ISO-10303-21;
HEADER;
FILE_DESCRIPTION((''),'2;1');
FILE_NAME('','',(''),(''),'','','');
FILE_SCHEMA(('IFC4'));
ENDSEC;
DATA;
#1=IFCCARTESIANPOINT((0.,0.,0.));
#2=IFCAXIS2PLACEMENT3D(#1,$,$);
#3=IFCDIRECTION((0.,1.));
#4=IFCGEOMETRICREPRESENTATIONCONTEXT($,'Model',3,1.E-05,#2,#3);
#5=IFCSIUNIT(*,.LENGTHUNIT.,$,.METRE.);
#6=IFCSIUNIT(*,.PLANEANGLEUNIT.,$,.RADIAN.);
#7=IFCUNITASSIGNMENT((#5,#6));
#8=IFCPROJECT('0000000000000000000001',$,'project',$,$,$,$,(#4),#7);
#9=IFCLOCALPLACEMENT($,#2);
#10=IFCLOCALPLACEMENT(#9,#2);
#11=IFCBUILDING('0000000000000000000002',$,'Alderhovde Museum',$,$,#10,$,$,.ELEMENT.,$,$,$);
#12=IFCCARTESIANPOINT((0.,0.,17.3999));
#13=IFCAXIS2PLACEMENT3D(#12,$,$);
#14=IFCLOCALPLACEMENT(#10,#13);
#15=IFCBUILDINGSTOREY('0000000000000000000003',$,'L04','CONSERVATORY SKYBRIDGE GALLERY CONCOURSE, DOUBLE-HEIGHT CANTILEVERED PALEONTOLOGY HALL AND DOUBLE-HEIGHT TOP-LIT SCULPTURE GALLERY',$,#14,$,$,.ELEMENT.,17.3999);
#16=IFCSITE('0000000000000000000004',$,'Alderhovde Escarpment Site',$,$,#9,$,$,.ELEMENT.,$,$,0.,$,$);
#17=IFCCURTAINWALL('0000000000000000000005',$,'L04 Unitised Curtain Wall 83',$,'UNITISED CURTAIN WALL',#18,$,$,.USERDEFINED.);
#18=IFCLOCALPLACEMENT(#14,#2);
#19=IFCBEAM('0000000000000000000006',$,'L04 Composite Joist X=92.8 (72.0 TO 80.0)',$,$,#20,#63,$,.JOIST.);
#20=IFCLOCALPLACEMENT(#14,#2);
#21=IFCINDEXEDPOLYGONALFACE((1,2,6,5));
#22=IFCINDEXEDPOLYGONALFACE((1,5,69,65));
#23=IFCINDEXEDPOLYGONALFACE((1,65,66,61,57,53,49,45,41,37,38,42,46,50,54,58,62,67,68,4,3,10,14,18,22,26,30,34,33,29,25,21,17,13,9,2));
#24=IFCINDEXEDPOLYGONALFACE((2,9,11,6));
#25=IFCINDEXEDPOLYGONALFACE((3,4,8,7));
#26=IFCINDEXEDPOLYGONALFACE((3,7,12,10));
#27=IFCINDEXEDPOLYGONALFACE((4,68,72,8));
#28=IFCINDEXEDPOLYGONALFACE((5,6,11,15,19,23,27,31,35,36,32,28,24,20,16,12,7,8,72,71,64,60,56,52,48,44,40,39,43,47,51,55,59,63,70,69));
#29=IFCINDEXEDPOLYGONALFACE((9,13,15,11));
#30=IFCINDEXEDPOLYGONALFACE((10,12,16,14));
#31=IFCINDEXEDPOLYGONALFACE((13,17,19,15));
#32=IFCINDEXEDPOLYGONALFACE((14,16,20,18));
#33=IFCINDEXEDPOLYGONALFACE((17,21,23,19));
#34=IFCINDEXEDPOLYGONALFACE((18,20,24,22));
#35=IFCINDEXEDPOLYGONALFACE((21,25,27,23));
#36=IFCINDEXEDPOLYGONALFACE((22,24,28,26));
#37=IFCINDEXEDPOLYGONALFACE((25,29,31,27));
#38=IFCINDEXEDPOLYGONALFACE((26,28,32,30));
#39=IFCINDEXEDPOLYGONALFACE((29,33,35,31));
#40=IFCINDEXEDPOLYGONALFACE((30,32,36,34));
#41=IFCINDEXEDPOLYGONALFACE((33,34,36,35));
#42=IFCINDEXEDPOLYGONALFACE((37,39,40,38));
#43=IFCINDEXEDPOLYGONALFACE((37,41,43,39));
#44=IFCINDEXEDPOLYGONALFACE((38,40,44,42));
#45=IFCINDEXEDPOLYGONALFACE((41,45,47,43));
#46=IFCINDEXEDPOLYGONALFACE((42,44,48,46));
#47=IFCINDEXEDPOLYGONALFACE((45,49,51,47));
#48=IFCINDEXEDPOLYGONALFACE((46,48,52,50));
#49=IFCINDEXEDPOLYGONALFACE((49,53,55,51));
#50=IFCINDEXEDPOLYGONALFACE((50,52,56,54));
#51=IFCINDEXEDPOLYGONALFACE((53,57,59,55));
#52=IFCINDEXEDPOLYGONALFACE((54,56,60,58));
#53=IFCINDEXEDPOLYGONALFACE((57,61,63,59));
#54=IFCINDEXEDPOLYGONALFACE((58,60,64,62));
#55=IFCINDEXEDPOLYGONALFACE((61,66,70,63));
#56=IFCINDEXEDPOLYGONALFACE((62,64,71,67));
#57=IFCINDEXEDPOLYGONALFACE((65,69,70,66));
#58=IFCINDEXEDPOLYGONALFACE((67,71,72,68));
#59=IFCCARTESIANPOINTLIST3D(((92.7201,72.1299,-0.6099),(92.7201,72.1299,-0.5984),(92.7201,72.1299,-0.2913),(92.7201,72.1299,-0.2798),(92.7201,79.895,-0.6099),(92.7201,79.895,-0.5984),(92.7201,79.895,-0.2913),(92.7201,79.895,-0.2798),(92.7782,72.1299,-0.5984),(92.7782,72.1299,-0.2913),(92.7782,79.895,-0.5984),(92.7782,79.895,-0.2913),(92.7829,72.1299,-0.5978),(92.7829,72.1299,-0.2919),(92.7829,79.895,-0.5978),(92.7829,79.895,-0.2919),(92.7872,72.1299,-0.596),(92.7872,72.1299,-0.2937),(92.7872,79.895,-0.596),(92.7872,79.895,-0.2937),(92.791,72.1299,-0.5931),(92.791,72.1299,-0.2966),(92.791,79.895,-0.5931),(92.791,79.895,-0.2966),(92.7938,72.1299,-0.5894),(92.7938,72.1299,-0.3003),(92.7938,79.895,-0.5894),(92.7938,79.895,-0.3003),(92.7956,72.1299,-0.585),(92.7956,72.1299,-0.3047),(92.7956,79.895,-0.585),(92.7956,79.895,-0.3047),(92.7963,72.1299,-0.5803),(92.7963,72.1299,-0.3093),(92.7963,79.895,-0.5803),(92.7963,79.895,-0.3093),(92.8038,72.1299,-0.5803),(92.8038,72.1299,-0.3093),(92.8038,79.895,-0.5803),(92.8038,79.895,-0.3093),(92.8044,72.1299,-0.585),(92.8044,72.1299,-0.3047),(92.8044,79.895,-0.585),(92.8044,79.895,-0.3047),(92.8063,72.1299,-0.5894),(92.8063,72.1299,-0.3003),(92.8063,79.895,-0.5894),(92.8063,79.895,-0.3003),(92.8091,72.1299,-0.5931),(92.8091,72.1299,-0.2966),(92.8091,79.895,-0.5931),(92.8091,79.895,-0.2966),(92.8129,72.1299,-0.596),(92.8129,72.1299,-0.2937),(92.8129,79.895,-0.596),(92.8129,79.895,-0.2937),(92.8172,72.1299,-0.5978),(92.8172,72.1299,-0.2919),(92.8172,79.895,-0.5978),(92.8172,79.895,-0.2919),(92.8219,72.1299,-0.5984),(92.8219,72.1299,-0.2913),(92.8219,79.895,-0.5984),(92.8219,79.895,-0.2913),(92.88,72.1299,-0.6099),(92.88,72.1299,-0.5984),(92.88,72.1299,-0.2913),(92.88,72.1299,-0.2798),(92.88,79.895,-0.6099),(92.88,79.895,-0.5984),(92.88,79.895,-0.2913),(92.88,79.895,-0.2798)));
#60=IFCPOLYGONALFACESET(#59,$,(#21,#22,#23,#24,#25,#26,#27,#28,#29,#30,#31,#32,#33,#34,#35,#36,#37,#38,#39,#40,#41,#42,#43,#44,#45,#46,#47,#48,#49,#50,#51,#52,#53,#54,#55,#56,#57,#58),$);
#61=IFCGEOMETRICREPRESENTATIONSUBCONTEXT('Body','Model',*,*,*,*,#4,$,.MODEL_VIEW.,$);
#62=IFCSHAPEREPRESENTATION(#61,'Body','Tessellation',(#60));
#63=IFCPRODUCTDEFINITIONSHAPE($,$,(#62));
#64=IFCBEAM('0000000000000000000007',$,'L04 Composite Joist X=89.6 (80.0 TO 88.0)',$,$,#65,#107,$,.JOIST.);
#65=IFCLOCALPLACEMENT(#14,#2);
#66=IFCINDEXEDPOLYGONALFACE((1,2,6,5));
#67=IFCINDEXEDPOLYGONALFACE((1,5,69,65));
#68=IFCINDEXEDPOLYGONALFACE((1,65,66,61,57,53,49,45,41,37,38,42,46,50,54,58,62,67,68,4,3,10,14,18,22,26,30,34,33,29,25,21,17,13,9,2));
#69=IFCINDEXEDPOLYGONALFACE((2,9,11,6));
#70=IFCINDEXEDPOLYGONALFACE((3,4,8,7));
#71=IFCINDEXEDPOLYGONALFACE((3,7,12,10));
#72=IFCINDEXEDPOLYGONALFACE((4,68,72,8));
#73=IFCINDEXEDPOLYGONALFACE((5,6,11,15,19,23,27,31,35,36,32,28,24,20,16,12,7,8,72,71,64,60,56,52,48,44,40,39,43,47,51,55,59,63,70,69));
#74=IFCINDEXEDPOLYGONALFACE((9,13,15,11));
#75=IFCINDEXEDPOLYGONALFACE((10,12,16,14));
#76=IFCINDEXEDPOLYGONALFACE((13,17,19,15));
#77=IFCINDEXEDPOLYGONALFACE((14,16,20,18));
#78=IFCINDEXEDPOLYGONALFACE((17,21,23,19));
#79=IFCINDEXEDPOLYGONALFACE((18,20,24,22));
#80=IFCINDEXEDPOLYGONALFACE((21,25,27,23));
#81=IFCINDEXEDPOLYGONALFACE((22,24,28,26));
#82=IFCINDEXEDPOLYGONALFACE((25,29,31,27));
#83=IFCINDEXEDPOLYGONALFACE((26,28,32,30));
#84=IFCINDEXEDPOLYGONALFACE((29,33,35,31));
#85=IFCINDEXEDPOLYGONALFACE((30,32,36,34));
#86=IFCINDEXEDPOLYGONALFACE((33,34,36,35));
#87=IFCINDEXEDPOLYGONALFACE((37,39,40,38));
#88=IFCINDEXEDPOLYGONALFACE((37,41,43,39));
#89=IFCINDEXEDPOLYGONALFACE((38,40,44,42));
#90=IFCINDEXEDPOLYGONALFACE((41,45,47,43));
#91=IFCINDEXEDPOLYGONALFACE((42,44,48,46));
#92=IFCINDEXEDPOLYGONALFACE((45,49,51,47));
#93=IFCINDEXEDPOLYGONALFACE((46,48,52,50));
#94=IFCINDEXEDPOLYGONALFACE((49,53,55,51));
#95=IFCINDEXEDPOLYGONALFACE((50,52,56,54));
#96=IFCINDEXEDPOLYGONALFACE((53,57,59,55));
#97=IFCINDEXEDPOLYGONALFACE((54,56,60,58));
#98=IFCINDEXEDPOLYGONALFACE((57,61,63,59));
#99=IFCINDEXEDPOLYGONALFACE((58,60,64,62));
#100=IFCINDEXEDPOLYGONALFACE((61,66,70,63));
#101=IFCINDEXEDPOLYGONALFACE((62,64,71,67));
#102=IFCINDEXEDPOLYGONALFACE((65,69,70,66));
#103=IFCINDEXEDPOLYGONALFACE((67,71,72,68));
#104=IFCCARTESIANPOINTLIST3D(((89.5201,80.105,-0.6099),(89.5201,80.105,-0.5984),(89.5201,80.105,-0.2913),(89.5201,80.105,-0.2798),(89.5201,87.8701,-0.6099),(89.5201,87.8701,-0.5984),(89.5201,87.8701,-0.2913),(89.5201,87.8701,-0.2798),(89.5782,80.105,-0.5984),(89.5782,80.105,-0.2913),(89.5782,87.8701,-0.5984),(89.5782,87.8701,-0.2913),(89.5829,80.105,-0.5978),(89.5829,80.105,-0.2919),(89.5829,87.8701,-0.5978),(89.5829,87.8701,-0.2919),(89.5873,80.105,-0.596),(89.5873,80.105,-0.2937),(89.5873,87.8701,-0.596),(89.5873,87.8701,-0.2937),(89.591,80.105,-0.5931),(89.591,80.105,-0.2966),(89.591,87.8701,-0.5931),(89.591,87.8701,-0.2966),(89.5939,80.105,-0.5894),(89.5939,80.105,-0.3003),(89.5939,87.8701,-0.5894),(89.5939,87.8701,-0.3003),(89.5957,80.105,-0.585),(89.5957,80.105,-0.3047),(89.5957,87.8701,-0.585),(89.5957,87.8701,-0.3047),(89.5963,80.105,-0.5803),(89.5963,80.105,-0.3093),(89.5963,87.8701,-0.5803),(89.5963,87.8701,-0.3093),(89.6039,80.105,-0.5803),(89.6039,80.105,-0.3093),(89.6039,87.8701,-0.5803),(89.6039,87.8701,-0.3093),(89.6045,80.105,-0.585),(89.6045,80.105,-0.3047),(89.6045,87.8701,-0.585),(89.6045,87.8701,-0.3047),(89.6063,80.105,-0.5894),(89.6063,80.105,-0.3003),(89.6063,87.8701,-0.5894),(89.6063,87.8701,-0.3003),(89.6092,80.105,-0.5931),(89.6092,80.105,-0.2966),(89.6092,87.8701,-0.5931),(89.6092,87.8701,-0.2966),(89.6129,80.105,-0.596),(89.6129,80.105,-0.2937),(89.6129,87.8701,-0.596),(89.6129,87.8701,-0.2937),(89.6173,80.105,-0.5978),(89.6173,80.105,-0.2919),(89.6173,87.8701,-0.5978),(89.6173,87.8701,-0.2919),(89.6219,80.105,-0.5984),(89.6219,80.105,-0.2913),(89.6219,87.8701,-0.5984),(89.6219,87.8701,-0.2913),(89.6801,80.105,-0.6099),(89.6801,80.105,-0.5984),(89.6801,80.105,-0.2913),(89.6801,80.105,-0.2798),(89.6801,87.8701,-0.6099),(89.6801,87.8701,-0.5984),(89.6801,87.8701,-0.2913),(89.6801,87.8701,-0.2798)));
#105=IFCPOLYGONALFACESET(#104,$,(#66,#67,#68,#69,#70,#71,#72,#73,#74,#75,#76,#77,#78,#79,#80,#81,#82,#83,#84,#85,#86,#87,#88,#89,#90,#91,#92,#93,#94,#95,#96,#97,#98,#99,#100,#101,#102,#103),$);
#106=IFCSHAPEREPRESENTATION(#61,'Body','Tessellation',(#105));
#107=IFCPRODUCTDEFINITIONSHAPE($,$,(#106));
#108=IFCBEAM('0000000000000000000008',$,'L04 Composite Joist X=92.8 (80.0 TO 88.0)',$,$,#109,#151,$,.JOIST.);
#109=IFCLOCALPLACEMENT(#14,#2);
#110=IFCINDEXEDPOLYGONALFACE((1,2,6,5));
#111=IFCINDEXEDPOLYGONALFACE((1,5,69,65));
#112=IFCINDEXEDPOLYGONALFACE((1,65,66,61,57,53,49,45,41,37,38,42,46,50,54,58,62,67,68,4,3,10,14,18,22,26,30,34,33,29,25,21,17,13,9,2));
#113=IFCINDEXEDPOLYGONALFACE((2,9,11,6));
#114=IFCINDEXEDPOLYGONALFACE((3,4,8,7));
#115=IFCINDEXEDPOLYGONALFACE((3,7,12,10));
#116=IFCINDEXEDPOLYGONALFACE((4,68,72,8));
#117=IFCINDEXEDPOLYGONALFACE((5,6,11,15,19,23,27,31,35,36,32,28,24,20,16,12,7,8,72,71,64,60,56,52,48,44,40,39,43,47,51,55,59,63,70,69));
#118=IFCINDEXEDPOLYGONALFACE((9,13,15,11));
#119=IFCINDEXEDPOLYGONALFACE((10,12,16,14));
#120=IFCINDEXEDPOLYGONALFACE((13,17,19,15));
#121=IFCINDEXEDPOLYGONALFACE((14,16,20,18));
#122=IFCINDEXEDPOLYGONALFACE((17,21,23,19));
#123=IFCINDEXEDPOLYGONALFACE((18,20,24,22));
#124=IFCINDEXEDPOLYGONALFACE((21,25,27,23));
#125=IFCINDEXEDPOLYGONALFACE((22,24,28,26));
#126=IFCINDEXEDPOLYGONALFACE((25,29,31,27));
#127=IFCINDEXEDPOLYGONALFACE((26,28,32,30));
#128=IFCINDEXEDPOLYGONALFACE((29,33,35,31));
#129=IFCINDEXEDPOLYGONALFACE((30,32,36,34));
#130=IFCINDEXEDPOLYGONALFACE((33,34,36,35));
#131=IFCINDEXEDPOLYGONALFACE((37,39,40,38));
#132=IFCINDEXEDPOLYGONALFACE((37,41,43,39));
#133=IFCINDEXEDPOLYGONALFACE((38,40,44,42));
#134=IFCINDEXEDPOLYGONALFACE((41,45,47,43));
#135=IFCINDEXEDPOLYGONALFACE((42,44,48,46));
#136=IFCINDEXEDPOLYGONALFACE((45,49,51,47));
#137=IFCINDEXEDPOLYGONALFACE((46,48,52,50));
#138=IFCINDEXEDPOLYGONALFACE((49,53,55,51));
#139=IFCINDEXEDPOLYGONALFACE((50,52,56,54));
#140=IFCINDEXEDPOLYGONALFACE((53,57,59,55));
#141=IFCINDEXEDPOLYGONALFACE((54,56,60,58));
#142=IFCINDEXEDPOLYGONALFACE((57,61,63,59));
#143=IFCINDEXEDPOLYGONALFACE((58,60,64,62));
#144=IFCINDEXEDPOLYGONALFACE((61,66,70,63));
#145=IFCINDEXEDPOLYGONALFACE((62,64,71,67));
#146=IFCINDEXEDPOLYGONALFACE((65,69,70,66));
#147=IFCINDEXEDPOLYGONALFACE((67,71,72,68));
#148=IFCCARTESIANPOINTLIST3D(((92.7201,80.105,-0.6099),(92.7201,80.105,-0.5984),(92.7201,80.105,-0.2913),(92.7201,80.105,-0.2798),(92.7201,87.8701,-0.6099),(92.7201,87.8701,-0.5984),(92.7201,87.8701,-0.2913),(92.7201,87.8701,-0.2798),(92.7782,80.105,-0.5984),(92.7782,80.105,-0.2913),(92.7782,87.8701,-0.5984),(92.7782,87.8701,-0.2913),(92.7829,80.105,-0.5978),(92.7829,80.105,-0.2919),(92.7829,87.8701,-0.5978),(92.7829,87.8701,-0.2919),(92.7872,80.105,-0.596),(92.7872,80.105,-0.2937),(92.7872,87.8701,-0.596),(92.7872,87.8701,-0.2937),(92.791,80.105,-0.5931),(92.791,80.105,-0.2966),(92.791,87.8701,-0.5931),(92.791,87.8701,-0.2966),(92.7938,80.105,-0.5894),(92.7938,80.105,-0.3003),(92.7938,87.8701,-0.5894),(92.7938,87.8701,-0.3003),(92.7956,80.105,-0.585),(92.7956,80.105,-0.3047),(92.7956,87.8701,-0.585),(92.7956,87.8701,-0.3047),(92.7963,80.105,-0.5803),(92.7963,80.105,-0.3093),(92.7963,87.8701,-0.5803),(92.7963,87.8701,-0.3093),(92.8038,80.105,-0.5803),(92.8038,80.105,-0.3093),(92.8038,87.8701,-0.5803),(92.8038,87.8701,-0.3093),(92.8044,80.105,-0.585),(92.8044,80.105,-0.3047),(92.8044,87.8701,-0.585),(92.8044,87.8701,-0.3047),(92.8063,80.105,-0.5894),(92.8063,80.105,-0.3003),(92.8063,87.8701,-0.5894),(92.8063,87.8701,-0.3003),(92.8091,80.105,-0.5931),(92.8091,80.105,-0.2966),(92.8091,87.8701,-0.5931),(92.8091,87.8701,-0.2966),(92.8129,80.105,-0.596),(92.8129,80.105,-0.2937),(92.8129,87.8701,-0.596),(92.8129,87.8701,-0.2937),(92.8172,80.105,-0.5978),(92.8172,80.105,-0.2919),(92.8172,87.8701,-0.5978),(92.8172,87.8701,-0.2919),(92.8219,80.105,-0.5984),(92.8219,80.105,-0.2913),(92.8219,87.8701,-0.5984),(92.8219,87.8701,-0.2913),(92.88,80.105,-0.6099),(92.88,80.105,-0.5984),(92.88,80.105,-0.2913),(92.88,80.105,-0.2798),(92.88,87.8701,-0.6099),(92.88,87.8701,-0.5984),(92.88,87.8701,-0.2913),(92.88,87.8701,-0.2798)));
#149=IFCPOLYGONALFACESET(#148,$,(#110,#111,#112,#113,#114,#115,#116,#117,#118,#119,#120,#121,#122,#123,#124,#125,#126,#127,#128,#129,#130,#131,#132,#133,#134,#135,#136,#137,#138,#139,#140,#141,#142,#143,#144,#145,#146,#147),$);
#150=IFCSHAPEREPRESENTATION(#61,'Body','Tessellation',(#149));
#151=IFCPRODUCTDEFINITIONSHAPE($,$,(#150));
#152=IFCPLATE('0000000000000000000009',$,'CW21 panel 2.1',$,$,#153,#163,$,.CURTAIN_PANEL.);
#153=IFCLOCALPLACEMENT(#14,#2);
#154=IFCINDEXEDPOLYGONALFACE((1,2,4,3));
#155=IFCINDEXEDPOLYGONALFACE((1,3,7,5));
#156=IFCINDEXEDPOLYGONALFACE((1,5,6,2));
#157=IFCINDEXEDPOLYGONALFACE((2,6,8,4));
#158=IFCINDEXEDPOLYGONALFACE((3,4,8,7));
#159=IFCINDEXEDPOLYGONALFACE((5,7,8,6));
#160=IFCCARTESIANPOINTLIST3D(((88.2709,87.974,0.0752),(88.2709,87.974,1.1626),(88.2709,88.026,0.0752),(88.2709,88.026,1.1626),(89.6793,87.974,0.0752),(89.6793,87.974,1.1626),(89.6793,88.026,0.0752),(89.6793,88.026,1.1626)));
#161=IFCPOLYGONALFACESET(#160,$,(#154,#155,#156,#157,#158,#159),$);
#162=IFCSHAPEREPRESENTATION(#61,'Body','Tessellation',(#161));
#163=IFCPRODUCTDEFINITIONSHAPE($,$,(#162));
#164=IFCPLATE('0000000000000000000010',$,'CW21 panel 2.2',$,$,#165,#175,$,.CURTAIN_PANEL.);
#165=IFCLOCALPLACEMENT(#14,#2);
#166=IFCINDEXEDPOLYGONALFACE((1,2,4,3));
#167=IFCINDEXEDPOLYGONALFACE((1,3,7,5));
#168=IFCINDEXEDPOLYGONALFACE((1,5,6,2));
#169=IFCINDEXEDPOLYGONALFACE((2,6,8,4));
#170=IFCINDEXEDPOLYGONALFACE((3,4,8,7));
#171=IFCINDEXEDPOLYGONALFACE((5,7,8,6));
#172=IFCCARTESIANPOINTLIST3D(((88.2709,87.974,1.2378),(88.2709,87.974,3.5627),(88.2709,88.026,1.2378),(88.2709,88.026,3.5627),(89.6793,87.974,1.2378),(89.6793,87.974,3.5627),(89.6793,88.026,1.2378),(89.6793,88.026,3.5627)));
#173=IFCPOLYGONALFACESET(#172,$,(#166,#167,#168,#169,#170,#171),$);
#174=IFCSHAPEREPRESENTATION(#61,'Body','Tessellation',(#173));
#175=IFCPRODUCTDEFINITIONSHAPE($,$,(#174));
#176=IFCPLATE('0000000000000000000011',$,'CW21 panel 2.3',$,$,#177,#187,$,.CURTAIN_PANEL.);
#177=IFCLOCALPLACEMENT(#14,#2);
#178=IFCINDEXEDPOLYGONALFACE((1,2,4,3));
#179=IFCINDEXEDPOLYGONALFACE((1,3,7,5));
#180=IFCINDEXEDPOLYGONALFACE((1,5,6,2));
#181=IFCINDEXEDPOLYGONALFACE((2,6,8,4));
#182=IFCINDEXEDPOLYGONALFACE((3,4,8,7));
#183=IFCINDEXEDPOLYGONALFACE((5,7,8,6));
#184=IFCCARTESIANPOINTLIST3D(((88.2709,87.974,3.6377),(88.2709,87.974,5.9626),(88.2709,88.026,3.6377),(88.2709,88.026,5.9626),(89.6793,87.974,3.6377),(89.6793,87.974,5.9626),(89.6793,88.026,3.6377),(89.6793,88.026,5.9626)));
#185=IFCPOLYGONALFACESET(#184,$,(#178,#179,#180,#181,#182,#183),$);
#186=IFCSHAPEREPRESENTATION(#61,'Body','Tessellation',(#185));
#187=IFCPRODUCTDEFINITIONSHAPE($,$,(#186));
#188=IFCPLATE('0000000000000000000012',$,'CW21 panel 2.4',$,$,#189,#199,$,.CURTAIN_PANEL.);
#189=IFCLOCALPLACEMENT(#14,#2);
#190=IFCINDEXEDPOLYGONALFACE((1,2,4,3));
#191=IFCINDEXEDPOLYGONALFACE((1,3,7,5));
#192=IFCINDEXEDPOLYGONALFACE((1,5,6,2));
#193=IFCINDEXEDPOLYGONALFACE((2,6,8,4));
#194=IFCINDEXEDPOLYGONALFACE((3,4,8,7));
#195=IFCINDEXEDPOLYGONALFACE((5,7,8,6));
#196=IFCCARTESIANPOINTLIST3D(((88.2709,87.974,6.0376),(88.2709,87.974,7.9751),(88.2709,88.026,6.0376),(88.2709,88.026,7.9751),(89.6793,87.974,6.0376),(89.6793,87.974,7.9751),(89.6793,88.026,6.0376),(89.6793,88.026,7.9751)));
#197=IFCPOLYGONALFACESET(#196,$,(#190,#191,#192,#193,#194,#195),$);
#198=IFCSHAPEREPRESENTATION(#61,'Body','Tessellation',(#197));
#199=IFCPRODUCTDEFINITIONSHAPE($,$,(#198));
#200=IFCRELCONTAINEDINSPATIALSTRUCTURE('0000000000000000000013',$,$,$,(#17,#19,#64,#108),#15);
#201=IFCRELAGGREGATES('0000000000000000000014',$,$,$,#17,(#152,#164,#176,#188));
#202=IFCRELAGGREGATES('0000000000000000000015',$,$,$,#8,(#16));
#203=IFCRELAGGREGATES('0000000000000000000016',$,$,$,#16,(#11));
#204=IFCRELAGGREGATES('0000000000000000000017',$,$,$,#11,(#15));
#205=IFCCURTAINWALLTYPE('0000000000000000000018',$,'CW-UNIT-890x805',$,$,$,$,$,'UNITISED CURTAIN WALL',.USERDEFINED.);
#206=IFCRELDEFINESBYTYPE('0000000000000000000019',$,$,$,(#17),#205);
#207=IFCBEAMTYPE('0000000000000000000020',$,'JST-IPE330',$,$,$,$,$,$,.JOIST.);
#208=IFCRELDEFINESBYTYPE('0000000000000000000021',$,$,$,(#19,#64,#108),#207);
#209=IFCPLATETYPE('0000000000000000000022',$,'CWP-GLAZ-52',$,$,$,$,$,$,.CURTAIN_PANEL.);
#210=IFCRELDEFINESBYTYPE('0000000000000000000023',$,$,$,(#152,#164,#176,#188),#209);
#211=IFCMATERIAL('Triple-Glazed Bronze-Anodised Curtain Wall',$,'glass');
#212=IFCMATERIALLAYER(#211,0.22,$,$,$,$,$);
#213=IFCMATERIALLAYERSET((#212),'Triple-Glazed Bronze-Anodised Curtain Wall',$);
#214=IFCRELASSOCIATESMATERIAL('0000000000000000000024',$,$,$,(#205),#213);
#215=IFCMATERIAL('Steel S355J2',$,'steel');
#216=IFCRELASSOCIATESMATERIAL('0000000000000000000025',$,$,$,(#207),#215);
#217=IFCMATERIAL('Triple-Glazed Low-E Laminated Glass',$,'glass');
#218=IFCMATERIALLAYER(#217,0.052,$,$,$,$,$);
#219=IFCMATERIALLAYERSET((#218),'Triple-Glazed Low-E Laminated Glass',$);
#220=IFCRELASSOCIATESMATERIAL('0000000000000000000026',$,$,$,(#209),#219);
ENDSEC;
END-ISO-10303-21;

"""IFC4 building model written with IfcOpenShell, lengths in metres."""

from ifc_helpers import new_model, si_unit, direction, frame, origin, origin_2d, place, context, subcontext, project, spatial, rectangle, i_section, extrude, material, layer, layer_set, material_profile, profile_set, type_object, element, aggregate, save


model = new_model("IFC4")

# Units and contexts
model_context = context("Model", 3, precision=1e-05, world=origin(), true_north=direction((0.0, 1.0)))
body_context = subcontext(model_context, "Body", "Model", "MODEL_VIEW")
ifc_project = project(units=[si_unit("LENGTHUNIT", "METRE"), si_unit("PLANEANGLEUNIT", "RADIAN")], contexts=[model_context])

# Site, building, storey
site_placement = place(None, origin())
site = spatial("IfcSite", under=ifc_project, at=site_placement, Name="Alderhovde Escarpment Site", CompositionType="ELEMENT", RefElevation=0.0)
building_placement = place(site_placement, origin())
building = spatial("IfcBuilding", under=site, at=building_placement, Name="Alderhovde Museum", CompositionType="ELEMENT")
storey_placement = place(building_placement, frame((0.0, 0.0, 17.3999)))
storey = spatial("IfcBuildingStorey", under=building, at=storey_placement, Name="L04", Description="CONSERVATORY SKYBRIDGE GALLERY CONCOURSE, DOUBLE-HEIGHT CANTILEVERED PALEONTOLOGY HALL AND DOUBLE-HEIGHT TOP-LIT SCULPTURE GALLERY", CompositionType="ELEMENT", Elevation=17.3999)

# Curtain wall
ifc_material_1 = material(Name="Triple-Glazed Bronze-Anodised Curtain Wall", Category="glass")
ifc_layer_1 = layer(ifc_material_1, 0.22)
ifc_layer_set_1 = layer_set([ifc_layer_1], Name="Triple-Glazed Bronze-Anodised Curtain Wall")
curtain_wall_type = type_object("IfcCurtainWallType", Name="CW-UNIT-890x805", ElementType="UNITISED CURTAIN WALL", PredefinedType="USERDEFINED", material=ifc_layer_set_1)
curtain_wall_placement = place(storey_placement, origin())
curtain_wall = element("IfcCurtainWall", 1, at=curtain_wall_placement, inside=storey, type_object=curtain_wall_type, Name="L04 Unitised Curtain Wall 83", ObjectType="UNITISED CURTAIN WALL", PredefinedType="USERDEFINED")

# Beams
ifc_material_2 = material(Name="Steel S355J2", Category="steel")
ifc_material_profile_1 = material_profile(ifc_material_2, i_section(OverallWidth=0.1599, OverallDepth=0.3301, WebThickness=0.0076, FlangeThickness=0.0115, FilletRadius=0.0181, at=origin_2d()), Name="IPE 330")
ifc_profile_set_1 = profile_set([ifc_material_profile_1], Name="Steel S355J2")
beam_type_1 = type_object("IfcBeamType", Name="JST-IPE330", PredefinedType="JOIST", material=ifc_profile_set_1)
for number, where, z_axis, x_axis, name in (
    (2, (92.8, 72.1299, -0.4448), (0.0, 1.0, 0.0), (-1.0, 0.0, 0.0), "L04 Composite Joist X=92.8 (72.0 TO 80.0)"),
    (3, (89.6001, 80.105, -0.4448), (0.0, 1.0, 0.0), (-1.0, 0.0, 0.0), "L04 Composite Joist X=89.6 (80.0 TO 88.0)"),
    (4, (92.8, 80.105, -0.4448), (0.0, 1.0, 0.0), (-1.0, 0.0, 0.0), "L04 Composite Joist X=92.8 (80.0 TO 88.0)"),
):
    element("IfcBeam", number, at=place(storey_placement, frame(where, z_axis=z_axis, x_axis=x_axis)), inside=storey, type_object=beam_type_1, Name=name, PredefinedType="JOIST", context=body_context, shape_type="SweptSolid", body=[
        extrude(i_section(OverallWidth=0.1599, OverallDepth=0.3301, WebThickness=0.0076, FlangeThickness=0.0115, FilletRadius=0.0181, at=origin_2d()), origin(), (0.0, 0.0, 1.0), 7.7651),
    ])

# Plates
ifc_material_3 = material(Name="Triple-Glazed Low-E Laminated Glass", Category="glass")
ifc_layer_2 = layer(ifc_material_3, 0.052)
ifc_layer_set_2 = layer_set([ifc_layer_2], Name="Triple-Glazed Low-E Laminated Glass")
plate_type = type_object("IfcPlateType", Name="CWP-GLAZ-52", PredefinedType="CURTAIN_PANEL", material=ifc_layer_set_2)
plate_1_placement = place(storey_placement, frame((88.9751, 88.0, 0.0752), z_axis=(0.0, 0.0, 1.0), x_axis=(1.0, 0.0, 0.0)))
plate_1 = element("IfcPlate", 5, at=plate_1_placement, type_object=plate_type, Name="CW21 panel 2.1", PredefinedType="CURTAIN_PANEL", context=body_context, shape_type="SweptSolid", body=[
    extrude(rectangle(XDim=1.4084, YDim=0.052, at=origin_2d()), origin(), (0.0, 0.0, 1.0), 1.0874),
])
plate_2_placement = place(storey_placement, frame((88.9751, 88.0, 1.2378), z_axis=(0.0, 0.0, 1.0), x_axis=(1.0, 0.0, 0.0)))
plate_2 = element("IfcPlate", 6, at=plate_2_placement, type_object=plate_type, Name="CW21 panel 2.2", PredefinedType="CURTAIN_PANEL", context=body_context, shape_type="SweptSolid", body=[
    extrude(rectangle(XDim=1.4084, YDim=0.052, at=origin_2d()), origin(), (0.0, 0.0, 1.0), 2.325),
])
plate_3_placement = place(storey_placement, frame((88.9751, 88.0, 3.6377), z_axis=(0.0, 0.0, 1.0), x_axis=(1.0, 0.0, 0.0)))
plate_3 = element("IfcPlate", 7, at=plate_3_placement, type_object=plate_type, Name="CW21 panel 2.3", PredefinedType="CURTAIN_PANEL", context=body_context, shape_type="SweptSolid", body=[
    extrude(rectangle(XDim=1.4084, YDim=0.052, at=origin_2d()), origin(), (0.0, 0.0, 1.0), 2.325),
])
plate_4_placement = place(storey_placement, frame((88.9751, 88.0, 6.0376), z_axis=(0.0, 0.0, 1.0), x_axis=(1.0, 0.0, 0.0)))
plate_4 = element("IfcPlate", 8, at=plate_4_placement, type_object=plate_type, Name="CW21 panel 2.4", PredefinedType="CURTAIN_PANEL", context=body_context, shape_type="SweptSolid", body=[
    extrude(rectangle(XDim=1.4084, YDim=0.052, at=origin_2d()), origin(), (0.0, 0.0, 1.0), 1.9375),
])
aggregate(curtain_wall, [plate_1, plate_2, plate_3, plate_4])

save(model, "model.ifc")
